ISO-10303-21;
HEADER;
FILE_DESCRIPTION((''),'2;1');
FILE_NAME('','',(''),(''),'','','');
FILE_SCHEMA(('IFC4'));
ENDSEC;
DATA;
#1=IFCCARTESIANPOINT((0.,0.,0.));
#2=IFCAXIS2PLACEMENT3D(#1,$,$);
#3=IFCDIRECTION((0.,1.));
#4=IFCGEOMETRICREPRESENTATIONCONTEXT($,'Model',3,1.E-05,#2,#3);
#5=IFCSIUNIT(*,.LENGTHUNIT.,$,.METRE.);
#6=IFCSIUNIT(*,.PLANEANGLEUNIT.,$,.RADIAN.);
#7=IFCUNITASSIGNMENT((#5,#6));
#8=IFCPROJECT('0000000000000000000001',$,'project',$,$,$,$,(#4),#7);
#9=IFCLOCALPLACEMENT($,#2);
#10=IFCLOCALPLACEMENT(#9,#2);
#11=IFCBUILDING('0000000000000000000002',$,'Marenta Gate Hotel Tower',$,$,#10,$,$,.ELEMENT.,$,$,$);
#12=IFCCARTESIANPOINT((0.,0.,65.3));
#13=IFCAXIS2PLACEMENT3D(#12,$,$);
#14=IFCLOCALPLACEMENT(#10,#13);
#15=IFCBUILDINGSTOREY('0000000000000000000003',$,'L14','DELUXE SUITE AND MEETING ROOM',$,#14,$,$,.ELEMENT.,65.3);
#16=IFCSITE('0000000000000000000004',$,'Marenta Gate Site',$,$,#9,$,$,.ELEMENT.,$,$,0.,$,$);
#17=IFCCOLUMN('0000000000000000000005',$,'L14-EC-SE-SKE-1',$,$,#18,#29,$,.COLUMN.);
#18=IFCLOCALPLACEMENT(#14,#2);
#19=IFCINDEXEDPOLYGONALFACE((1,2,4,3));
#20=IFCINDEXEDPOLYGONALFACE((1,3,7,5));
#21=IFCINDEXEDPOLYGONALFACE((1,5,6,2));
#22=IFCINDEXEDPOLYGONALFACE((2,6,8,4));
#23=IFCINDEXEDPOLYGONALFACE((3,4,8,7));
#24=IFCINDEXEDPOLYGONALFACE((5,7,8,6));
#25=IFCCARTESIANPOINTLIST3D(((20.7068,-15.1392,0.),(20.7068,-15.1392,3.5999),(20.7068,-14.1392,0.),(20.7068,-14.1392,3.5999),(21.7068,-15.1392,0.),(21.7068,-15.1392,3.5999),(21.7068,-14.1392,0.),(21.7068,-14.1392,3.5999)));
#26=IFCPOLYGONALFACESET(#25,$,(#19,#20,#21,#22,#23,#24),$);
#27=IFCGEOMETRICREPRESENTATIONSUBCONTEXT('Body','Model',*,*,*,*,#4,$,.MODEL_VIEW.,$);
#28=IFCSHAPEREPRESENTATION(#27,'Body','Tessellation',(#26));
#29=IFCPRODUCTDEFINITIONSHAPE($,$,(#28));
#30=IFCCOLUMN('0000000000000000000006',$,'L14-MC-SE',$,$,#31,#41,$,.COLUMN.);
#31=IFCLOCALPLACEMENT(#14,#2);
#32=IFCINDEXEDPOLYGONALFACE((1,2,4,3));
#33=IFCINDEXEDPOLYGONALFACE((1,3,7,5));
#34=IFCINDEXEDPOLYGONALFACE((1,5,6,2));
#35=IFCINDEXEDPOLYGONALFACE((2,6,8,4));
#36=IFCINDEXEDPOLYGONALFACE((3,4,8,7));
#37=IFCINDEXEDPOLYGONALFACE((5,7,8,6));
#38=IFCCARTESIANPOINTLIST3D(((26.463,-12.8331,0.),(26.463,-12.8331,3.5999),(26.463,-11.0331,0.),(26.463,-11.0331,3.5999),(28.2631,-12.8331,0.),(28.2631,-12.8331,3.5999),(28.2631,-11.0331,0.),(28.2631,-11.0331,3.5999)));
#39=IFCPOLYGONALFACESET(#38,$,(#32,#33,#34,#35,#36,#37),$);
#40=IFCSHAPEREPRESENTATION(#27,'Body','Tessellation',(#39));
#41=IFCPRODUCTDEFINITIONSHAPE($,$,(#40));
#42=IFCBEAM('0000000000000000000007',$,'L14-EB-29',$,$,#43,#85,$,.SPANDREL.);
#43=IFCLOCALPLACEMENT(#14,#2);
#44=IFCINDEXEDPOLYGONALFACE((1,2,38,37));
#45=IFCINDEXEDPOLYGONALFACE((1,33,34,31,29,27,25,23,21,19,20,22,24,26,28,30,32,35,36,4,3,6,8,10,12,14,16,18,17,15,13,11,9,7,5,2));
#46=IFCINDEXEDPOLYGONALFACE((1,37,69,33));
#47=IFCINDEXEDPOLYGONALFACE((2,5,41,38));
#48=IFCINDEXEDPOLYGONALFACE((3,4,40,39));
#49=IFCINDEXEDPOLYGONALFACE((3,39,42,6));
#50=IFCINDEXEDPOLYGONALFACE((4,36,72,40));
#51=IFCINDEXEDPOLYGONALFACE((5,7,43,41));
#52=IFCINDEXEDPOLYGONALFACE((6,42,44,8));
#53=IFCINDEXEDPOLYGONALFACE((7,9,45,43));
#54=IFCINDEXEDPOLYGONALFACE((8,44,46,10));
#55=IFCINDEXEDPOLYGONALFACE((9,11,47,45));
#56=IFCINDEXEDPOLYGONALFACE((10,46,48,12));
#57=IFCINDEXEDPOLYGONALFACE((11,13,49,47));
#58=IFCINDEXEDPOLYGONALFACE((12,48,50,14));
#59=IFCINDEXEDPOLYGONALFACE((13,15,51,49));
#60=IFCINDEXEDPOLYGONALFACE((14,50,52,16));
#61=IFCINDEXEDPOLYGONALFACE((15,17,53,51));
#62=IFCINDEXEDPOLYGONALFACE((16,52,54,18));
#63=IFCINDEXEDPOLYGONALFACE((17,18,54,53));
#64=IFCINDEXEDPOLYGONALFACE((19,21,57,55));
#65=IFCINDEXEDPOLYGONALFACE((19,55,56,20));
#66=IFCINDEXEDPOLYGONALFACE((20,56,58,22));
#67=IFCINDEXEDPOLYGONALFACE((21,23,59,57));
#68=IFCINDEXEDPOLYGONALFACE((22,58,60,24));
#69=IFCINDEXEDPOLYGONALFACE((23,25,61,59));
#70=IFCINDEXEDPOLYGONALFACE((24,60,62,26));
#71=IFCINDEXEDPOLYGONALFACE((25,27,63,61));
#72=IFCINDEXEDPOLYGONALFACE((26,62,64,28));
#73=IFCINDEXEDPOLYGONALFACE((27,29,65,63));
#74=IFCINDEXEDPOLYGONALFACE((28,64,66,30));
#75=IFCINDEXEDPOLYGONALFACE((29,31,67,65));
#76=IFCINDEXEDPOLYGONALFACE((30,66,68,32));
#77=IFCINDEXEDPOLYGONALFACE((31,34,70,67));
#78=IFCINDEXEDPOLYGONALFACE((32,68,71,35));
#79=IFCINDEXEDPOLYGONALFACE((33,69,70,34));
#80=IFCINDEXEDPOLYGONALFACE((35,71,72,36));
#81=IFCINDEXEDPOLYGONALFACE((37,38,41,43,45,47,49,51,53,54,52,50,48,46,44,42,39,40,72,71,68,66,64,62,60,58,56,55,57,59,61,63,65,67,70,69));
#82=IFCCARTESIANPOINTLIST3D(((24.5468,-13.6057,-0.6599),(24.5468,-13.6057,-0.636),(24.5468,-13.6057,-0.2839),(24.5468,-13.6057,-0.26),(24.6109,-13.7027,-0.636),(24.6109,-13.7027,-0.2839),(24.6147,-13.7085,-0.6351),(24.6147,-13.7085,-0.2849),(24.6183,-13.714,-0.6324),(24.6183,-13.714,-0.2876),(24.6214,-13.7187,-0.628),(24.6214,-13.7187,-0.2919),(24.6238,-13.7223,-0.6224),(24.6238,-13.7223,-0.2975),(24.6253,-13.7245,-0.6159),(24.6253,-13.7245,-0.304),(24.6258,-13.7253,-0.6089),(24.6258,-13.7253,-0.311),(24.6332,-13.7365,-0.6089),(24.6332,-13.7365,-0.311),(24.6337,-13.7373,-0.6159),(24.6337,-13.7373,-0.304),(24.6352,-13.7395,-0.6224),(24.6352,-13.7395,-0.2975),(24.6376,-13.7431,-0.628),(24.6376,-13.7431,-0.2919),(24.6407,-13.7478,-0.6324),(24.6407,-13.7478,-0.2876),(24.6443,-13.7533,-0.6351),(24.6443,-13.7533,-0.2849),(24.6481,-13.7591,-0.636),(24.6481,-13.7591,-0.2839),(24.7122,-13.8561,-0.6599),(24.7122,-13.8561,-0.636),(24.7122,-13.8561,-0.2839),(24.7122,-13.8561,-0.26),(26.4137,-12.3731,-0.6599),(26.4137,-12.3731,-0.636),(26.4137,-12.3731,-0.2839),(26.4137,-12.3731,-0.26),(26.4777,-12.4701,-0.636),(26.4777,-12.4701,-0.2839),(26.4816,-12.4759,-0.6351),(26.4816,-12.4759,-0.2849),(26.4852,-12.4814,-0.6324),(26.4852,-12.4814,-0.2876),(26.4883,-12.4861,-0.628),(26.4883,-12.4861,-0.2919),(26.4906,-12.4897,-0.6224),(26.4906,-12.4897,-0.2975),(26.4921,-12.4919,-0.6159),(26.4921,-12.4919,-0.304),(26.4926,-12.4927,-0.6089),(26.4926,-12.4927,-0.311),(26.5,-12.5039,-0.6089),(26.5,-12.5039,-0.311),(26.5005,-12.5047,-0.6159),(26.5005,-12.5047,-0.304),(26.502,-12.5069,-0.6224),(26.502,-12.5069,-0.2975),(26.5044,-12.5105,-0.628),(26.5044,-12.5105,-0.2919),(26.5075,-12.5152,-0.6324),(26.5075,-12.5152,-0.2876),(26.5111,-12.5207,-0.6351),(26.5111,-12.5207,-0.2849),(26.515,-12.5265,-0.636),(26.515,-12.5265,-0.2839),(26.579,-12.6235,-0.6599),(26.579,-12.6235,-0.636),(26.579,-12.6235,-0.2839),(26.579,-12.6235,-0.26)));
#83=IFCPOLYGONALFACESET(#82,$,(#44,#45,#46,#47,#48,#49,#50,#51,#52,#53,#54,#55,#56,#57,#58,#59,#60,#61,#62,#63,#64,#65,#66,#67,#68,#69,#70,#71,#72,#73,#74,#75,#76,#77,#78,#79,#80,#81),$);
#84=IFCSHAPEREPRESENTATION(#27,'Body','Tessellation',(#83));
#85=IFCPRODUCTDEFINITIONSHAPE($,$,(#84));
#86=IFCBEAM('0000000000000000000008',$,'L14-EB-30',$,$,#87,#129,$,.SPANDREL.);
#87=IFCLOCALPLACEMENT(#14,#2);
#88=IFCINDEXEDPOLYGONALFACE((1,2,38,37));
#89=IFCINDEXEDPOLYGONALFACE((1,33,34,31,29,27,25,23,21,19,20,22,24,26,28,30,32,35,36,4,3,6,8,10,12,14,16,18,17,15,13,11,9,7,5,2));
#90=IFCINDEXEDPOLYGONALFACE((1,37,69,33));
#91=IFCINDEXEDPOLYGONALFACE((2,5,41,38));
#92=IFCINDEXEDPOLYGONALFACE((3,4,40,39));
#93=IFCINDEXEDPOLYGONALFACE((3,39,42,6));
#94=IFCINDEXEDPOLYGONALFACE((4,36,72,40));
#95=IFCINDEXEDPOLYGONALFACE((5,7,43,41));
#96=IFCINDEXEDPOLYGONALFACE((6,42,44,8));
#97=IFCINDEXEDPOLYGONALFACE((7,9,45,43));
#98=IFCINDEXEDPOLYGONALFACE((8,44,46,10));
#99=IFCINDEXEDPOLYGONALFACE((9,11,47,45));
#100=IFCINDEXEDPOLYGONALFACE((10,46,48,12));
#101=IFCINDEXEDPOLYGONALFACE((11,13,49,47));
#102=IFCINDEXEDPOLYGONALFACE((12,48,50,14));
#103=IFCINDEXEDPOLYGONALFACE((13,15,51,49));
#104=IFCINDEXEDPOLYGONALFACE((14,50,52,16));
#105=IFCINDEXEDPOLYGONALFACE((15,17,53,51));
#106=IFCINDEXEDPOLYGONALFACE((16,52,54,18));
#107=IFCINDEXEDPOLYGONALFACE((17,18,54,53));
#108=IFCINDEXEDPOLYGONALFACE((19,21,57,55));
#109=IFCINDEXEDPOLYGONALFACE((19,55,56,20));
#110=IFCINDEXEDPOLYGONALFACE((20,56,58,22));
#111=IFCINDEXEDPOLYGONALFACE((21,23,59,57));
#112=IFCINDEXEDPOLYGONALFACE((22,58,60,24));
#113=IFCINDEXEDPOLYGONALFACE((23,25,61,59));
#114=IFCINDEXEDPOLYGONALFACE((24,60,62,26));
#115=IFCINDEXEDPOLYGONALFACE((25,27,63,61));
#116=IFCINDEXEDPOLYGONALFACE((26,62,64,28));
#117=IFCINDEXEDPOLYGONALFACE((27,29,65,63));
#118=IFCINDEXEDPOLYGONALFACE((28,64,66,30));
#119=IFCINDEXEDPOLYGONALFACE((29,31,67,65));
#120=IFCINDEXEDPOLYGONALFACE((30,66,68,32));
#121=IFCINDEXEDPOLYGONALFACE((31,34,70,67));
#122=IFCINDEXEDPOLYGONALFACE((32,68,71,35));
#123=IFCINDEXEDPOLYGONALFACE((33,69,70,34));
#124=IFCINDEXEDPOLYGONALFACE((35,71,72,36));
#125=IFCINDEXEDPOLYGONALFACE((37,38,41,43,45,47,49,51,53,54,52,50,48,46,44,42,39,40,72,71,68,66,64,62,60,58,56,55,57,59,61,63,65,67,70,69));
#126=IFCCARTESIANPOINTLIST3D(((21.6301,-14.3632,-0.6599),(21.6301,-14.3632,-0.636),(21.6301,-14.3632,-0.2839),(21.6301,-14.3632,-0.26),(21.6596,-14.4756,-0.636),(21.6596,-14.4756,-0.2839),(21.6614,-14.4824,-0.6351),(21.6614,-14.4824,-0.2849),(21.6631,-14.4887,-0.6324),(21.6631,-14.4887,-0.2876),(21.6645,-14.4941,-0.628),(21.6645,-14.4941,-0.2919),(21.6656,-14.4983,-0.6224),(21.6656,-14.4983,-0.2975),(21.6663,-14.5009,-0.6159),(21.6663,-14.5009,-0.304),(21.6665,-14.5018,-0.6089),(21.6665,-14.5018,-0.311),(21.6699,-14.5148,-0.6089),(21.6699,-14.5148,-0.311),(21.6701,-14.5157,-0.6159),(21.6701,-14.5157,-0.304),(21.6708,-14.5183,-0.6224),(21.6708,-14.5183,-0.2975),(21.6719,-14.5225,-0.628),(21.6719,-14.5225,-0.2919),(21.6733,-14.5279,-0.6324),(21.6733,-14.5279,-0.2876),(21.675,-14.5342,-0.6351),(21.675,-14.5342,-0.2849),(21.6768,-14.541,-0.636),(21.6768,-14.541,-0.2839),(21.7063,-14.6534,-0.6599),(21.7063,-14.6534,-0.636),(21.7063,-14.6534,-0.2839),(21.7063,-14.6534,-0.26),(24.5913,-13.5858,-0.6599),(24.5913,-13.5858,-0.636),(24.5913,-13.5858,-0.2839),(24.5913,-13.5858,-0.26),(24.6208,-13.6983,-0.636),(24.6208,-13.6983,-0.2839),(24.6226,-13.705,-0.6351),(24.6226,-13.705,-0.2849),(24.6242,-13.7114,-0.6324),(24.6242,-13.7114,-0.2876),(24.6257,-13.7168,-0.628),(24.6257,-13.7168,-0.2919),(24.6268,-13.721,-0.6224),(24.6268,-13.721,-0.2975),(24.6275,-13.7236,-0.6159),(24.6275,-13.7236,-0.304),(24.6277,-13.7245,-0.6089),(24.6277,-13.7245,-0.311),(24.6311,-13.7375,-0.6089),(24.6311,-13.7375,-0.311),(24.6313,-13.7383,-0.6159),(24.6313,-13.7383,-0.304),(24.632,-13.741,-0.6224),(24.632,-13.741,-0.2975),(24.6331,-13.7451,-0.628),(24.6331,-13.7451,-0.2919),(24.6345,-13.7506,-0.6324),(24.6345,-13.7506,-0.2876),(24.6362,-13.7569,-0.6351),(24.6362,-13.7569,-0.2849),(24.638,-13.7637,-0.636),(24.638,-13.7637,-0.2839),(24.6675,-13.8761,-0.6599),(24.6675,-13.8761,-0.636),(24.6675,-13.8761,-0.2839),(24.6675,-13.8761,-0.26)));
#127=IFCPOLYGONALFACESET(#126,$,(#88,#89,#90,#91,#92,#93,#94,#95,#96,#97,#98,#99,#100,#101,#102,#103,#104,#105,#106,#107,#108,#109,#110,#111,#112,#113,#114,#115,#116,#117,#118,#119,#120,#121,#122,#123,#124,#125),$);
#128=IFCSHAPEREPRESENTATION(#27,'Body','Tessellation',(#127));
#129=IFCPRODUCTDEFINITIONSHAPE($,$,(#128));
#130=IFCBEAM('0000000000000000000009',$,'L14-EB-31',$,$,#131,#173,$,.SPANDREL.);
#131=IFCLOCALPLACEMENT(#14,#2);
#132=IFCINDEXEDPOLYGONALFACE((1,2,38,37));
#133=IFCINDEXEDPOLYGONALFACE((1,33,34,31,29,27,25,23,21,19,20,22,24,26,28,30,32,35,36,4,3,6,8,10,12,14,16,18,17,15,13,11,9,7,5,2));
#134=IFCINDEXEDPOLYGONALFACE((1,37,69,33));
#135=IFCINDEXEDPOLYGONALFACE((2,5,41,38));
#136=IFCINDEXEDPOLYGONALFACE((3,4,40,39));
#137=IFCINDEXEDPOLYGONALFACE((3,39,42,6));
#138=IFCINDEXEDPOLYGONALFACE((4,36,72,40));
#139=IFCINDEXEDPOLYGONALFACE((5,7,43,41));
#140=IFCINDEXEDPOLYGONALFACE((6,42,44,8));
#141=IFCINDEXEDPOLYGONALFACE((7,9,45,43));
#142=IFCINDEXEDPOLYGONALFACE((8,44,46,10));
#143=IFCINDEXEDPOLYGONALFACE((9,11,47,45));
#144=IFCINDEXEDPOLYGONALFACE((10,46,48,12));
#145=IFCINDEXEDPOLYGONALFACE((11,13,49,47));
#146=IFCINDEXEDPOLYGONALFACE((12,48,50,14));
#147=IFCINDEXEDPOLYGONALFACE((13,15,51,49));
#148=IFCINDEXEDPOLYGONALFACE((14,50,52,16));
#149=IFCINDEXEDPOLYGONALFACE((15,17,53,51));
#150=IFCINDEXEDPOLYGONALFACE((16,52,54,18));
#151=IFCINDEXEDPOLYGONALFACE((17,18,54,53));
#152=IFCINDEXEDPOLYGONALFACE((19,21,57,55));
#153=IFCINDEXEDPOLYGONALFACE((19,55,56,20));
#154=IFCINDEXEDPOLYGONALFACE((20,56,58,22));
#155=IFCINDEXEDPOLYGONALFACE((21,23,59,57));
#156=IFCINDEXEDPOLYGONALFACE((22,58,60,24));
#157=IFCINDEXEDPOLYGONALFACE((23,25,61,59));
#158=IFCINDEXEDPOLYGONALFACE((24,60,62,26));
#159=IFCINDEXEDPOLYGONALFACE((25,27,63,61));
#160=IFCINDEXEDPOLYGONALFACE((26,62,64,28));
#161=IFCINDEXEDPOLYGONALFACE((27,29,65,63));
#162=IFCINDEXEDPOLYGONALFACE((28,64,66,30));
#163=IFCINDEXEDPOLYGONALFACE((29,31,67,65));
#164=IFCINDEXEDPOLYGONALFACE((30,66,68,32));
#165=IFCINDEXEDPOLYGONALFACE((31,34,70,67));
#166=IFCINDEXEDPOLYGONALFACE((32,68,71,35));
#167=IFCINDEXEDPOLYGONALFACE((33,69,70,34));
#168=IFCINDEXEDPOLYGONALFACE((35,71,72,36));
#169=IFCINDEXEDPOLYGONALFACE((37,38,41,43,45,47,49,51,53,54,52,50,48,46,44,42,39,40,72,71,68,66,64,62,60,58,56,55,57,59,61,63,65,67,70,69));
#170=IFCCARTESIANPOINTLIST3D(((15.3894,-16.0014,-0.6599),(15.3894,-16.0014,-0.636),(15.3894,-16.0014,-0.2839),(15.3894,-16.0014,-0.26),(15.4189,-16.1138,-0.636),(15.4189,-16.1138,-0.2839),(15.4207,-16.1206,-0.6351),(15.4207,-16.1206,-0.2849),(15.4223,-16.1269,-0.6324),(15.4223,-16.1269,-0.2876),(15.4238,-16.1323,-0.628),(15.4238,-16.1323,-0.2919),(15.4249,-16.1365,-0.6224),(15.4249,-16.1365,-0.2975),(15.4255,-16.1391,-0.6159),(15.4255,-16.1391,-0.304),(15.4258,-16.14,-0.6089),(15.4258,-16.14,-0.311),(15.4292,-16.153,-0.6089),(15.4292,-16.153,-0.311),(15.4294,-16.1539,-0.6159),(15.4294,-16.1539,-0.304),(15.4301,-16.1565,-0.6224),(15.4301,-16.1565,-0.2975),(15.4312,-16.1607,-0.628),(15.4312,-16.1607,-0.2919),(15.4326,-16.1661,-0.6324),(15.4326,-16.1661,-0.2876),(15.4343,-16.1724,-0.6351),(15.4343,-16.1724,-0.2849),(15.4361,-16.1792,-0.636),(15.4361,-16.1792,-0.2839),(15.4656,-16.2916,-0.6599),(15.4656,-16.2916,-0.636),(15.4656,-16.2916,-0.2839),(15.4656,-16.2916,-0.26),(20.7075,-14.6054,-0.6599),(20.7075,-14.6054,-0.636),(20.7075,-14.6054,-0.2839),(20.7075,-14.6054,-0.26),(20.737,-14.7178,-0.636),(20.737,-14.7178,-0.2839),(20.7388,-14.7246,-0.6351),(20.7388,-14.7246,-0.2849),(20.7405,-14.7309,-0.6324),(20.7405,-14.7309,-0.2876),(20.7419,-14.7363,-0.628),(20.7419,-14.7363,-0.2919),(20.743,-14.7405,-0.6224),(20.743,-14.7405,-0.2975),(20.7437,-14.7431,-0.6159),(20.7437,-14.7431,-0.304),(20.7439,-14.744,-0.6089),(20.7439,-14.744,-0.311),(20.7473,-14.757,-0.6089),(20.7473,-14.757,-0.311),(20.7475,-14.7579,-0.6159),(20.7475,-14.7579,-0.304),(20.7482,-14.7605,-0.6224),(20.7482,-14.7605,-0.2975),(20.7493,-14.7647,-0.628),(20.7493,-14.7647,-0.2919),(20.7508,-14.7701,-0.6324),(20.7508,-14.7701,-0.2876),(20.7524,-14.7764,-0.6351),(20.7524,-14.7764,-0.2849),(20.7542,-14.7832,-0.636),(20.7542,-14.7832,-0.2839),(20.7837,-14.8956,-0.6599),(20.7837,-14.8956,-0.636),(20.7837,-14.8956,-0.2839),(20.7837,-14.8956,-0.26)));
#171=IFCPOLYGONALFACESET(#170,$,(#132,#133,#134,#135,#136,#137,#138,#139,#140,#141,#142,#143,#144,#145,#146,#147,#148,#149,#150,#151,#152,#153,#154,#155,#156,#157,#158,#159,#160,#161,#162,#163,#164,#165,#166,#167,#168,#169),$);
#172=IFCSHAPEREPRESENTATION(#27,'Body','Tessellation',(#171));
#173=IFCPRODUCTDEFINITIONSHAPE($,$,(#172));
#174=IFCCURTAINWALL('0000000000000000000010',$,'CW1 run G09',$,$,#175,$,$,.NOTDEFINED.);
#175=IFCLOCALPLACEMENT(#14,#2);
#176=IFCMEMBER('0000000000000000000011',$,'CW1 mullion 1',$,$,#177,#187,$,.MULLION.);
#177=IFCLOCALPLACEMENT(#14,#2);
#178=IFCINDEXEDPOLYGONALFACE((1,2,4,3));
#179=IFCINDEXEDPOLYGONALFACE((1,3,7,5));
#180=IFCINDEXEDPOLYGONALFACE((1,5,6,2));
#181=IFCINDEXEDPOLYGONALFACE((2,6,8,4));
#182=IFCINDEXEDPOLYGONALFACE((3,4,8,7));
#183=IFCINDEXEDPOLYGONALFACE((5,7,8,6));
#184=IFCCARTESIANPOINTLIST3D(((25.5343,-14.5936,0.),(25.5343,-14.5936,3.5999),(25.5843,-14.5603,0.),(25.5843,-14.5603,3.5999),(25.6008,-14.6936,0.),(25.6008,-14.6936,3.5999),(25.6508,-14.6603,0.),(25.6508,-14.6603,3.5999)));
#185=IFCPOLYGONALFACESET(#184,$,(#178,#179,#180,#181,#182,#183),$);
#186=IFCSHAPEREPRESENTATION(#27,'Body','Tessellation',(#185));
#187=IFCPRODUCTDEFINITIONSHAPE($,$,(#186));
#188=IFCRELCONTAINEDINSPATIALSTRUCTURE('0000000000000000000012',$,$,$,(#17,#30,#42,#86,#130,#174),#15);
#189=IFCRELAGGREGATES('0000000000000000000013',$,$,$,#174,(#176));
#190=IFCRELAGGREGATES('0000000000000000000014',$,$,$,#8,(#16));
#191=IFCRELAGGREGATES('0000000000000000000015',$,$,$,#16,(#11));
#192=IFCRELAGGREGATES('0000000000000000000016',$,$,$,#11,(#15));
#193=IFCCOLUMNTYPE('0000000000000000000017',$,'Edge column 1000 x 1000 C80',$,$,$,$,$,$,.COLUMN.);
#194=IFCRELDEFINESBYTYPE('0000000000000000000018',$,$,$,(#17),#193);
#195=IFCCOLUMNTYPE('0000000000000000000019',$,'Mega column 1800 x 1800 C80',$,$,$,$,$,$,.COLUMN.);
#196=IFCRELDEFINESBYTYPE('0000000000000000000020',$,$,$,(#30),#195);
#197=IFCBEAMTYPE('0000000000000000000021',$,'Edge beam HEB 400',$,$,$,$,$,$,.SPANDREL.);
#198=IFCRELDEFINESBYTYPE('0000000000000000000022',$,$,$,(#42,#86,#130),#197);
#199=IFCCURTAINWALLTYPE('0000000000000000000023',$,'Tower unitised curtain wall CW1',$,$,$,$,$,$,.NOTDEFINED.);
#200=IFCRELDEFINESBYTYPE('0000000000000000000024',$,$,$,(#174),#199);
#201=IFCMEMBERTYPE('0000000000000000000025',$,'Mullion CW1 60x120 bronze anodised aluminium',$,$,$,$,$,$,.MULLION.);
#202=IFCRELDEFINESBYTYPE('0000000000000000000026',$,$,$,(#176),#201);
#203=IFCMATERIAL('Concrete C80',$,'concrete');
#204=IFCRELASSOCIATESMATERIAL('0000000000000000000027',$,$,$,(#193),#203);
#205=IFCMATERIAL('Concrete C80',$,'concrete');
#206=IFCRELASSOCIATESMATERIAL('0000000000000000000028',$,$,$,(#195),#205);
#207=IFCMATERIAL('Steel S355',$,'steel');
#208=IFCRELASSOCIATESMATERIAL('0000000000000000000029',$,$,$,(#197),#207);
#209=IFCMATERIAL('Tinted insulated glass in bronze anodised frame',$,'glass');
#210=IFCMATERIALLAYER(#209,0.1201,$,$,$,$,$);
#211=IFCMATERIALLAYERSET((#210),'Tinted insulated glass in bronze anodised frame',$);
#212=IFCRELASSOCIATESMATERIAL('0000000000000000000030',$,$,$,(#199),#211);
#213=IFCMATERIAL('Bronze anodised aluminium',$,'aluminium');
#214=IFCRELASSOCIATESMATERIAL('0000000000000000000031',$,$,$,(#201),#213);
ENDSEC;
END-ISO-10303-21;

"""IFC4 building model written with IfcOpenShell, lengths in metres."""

from ifc_helpers import new_model, si_unit, direction, frame, origin, origin_2d, place, context, subcontext, project, spatial, rectangle, i_section, extrude, material, layer, layer_set, material_profile, profile_set, type_object, element, aggregate, save


model = new_model("IFC4")

# Units and contexts
model_context = context("Model", 3, precision=1e-05, world=origin(), true_north=direction((0.0, 1.0)))
body_context = subcontext(model_context, "Body", "Model", "MODEL_VIEW")
ifc_project = project(units=[si_unit("LENGTHUNIT", "METRE"), si_unit("PLANEANGLEUNIT", "RADIAN")], contexts=[model_context])

# Site, building, storey
site_placement = place(None, origin())
site = spatial("IfcSite", under=ifc_project, at=site_placement, Name="Marenta Gate Site", CompositionType="ELEMENT", RefElevation=0.0)
building_placement = place(site_placement, origin())
building = spatial("IfcBuilding", under=site, at=building_placement, Name="Marenta Gate Hotel Tower", CompositionType="ELEMENT")
storey_placement = place(building_placement, frame((0.0, 0.0, 65.3)))
storey = spatial("IfcBuildingStorey", under=building, at=storey_placement, Name="L14", Description="DELUXE SUITE AND MEETING ROOM", CompositionType="ELEMENT", Elevation=65.3)

# Columns
ifc_material_1 = material(Name="Concrete C80", Category="concrete")
ifc_material_profile_1 = material_profile(ifc_material_1, rectangle(XDim=1.0, YDim=1.0, at=origin_2d()), Name="1000 x 1000")
ifc_profile_set_1 = profile_set([ifc_material_profile_1], Name="Concrete C80")
column_type_1 = type_object("IfcColumnType", Name="Edge column 1000 x 1000 C80", PredefinedType="COLUMN", material=ifc_profile_set_1)
column_1_placement = place(storey_placement, frame((21.2068, -14.6392, 0.0), z_axis=(0.0, 0.0, 1.0), x_axis=(1.0, 0.0, 0.0)))
element("IfcColumn", 1, at=column_1_placement, inside=storey, type_object=column_type_1, Name="L14-EC-SE-SKE-1", PredefinedType="COLUMN", context=body_context, shape_type="SweptSolid", body=[
    extrude(rectangle(XDim=1.0, YDim=1.0, at=origin_2d()), origin(), (0.0, 0.0, 1.0), 3.5999),
])
ifc_material_2 = material(Name="Concrete C80", Category="concrete")
ifc_material_profile_2 = material_profile(ifc_material_2, rectangle(XDim=1.8, YDim=1.8, at=origin_2d()), Name="1800 x 1800")
ifc_profile_set_2 = profile_set([ifc_material_profile_2], Name="Concrete C80")
column_type_2 = type_object("IfcColumnType", Name="Mega column 1800 x 1800 C80", PredefinedType="COLUMN", material=ifc_profile_set_2)
column_2_placement = place(storey_placement, frame((27.363, -11.9331, 0.0), z_axis=(0.0, 0.0, 1.0), x_axis=(1.0, 0.0, 0.0)))
element("IfcColumn", 2, at=column_2_placement, inside=storey, type_object=column_type_2, Name="L14-MC-SE", PredefinedType="COLUMN", context=body_context, shape_type="SweptSolid", body=[
    extrude(rectangle(XDim=1.8, YDim=1.8, at=origin_2d()), origin(), (0.0, 0.0, 1.0), 3.5999),
])

# Beams
ifc_material_3 = material(Name="Steel S355", Category="steel")
ifc_material_profile_3 = material_profile(ifc_material_3, i_section(OverallWidth=0.3, OverallDepth=0.3999, WebThickness=0.0134, FlangeThickness=0.0239, FilletRadius=0.0271, at=origin_2d()), Name="HEB 400")
ifc_profile_set_3 = profile_set([ifc_material_profile_3], Name="Steel S355")
beam_type = type_object("IfcBeamType", Name="Edge beam HEB 400", PredefinedType="SPANDREL", material=ifc_profile_set_3)
beam_1_placement = place(storey_placement, frame((26.4963, -12.4983, -0.46), z_axis=(-0.83451, -0.550993, 0.0), x_axis=(0.550993, -0.83451, 0.0)))
element("IfcBeam", 3, at=beam_1_placement, inside=storey, type_object=beam_type, Name="L14-EB-29", PredefinedType="SPANDREL", context=body_context, shape_type="SweptSolid", body=[
    extrude(i_section(OverallWidth=0.3, OverallDepth=0.3999, WebThickness=0.0134, FlangeThickness=0.0239, FilletRadius=0.0271, at=origin_2d()), origin(), (0.0, 0.0, 1.0), 2.2371),
])
beam_2_placement = place(storey_placement, frame((24.6294, -13.731, -0.46), z_axis=(-0.967228, -0.253908, 0.0), x_axis=(0.253908, -0.967228, 0.0)))
element("IfcBeam", 4, at=beam_2_placement, inside=storey, type_object=beam_type, Name="L14-EB-30", PredefinedType="SPANDREL", context=body_context, shape_type="SweptSolid", body=[
    extrude(i_section(OverallWidth=0.3, OverallDepth=0.3999, WebThickness=0.0134, FlangeThickness=0.0239, FilletRadius=0.0271, at=origin_2d()), origin(), (0.0, 0.0, 1.0), 3.0615),
])
beam_3_placement = place(storey_placement, frame((20.7456, -14.7505, -0.46), z_axis=(-0.967231, -0.253897, 0.0), x_axis=(0.253897, -0.967231, 0.0)))
element("IfcBeam", 5, at=beam_3_placement, inside=storey, type_object=beam_type, Name="L14-EB-31", PredefinedType="SPANDREL", context=body_context, shape_type="SweptSolid", body=[
    extrude(i_section(OverallWidth=0.3, OverallDepth=0.3999, WebThickness=0.0134, FlangeThickness=0.0239, FilletRadius=0.0271, at=origin_2d()), origin(), (0.0, 0.0, 1.0), 5.4983),
])

# Curtain wall, member
ifc_material_4 = material(Name="Tinted insulated glass in bronze anodised frame", Category="glass")
ifc_layer_1 = layer(ifc_material_4, 0.1201)
ifc_layer_set_1 = layer_set([ifc_layer_1], Name="Tinted insulated glass in bronze anodised frame")
curtain_wall_type = type_object("IfcCurtainWallType", Name="Tower unitised curtain wall CW1", PredefinedType="NOTDEFINED", material=ifc_layer_set_1)
curtain_wall_1_placement = place(storey_placement, origin())
curtain_wall_1 = element("IfcCurtainWall", 6, at=curtain_wall_1_placement, inside=storey, type_object=curtain_wall_type, Name="CW1 run G09", PredefinedType="NOTDEFINED")
ifc_material_5 = material(Name="Bronze anodised aluminium", Category="aluminium")
ifc_material_profile_4 = material_profile(ifc_material_5, rectangle(XDim=0.1201, YDim=0.0601, at=origin_2d()), Name="Mullion CW1 60x120 bronze anodised aluminium")
ifc_profile_set_4 = profile_set([ifc_material_profile_4], Name="Bronze anodised aluminium")
member_type_1 = type_object("IfcMemberType", Name="Mullion CW1 60x120 bronze anodised aluminium", PredefinedType="MULLION", material=ifc_profile_set_4)
member_1_placement = place(storey_placement, frame((25.5925, -14.627, 0.0), z_axis=(0.0, 0.0, 1.0), x_axis=(-0.554034, 0.832494, 0.0)))
member_1 = element("IfcMember", 7, at=member_1_placement, type_object=member_type_1, Name="CW1 mullion 1", PredefinedType="MULLION", context=body_context, shape_type="SweptSolid", body=[
    extrude(rectangle(XDim=0.1201, YDim=0.0601, at=origin_2d()), origin(), (0.0, 0.0, 1.0), 3.5999),
])

aggregate(curtain_wall_1, [member_1])

save(model, "model.ifc")
